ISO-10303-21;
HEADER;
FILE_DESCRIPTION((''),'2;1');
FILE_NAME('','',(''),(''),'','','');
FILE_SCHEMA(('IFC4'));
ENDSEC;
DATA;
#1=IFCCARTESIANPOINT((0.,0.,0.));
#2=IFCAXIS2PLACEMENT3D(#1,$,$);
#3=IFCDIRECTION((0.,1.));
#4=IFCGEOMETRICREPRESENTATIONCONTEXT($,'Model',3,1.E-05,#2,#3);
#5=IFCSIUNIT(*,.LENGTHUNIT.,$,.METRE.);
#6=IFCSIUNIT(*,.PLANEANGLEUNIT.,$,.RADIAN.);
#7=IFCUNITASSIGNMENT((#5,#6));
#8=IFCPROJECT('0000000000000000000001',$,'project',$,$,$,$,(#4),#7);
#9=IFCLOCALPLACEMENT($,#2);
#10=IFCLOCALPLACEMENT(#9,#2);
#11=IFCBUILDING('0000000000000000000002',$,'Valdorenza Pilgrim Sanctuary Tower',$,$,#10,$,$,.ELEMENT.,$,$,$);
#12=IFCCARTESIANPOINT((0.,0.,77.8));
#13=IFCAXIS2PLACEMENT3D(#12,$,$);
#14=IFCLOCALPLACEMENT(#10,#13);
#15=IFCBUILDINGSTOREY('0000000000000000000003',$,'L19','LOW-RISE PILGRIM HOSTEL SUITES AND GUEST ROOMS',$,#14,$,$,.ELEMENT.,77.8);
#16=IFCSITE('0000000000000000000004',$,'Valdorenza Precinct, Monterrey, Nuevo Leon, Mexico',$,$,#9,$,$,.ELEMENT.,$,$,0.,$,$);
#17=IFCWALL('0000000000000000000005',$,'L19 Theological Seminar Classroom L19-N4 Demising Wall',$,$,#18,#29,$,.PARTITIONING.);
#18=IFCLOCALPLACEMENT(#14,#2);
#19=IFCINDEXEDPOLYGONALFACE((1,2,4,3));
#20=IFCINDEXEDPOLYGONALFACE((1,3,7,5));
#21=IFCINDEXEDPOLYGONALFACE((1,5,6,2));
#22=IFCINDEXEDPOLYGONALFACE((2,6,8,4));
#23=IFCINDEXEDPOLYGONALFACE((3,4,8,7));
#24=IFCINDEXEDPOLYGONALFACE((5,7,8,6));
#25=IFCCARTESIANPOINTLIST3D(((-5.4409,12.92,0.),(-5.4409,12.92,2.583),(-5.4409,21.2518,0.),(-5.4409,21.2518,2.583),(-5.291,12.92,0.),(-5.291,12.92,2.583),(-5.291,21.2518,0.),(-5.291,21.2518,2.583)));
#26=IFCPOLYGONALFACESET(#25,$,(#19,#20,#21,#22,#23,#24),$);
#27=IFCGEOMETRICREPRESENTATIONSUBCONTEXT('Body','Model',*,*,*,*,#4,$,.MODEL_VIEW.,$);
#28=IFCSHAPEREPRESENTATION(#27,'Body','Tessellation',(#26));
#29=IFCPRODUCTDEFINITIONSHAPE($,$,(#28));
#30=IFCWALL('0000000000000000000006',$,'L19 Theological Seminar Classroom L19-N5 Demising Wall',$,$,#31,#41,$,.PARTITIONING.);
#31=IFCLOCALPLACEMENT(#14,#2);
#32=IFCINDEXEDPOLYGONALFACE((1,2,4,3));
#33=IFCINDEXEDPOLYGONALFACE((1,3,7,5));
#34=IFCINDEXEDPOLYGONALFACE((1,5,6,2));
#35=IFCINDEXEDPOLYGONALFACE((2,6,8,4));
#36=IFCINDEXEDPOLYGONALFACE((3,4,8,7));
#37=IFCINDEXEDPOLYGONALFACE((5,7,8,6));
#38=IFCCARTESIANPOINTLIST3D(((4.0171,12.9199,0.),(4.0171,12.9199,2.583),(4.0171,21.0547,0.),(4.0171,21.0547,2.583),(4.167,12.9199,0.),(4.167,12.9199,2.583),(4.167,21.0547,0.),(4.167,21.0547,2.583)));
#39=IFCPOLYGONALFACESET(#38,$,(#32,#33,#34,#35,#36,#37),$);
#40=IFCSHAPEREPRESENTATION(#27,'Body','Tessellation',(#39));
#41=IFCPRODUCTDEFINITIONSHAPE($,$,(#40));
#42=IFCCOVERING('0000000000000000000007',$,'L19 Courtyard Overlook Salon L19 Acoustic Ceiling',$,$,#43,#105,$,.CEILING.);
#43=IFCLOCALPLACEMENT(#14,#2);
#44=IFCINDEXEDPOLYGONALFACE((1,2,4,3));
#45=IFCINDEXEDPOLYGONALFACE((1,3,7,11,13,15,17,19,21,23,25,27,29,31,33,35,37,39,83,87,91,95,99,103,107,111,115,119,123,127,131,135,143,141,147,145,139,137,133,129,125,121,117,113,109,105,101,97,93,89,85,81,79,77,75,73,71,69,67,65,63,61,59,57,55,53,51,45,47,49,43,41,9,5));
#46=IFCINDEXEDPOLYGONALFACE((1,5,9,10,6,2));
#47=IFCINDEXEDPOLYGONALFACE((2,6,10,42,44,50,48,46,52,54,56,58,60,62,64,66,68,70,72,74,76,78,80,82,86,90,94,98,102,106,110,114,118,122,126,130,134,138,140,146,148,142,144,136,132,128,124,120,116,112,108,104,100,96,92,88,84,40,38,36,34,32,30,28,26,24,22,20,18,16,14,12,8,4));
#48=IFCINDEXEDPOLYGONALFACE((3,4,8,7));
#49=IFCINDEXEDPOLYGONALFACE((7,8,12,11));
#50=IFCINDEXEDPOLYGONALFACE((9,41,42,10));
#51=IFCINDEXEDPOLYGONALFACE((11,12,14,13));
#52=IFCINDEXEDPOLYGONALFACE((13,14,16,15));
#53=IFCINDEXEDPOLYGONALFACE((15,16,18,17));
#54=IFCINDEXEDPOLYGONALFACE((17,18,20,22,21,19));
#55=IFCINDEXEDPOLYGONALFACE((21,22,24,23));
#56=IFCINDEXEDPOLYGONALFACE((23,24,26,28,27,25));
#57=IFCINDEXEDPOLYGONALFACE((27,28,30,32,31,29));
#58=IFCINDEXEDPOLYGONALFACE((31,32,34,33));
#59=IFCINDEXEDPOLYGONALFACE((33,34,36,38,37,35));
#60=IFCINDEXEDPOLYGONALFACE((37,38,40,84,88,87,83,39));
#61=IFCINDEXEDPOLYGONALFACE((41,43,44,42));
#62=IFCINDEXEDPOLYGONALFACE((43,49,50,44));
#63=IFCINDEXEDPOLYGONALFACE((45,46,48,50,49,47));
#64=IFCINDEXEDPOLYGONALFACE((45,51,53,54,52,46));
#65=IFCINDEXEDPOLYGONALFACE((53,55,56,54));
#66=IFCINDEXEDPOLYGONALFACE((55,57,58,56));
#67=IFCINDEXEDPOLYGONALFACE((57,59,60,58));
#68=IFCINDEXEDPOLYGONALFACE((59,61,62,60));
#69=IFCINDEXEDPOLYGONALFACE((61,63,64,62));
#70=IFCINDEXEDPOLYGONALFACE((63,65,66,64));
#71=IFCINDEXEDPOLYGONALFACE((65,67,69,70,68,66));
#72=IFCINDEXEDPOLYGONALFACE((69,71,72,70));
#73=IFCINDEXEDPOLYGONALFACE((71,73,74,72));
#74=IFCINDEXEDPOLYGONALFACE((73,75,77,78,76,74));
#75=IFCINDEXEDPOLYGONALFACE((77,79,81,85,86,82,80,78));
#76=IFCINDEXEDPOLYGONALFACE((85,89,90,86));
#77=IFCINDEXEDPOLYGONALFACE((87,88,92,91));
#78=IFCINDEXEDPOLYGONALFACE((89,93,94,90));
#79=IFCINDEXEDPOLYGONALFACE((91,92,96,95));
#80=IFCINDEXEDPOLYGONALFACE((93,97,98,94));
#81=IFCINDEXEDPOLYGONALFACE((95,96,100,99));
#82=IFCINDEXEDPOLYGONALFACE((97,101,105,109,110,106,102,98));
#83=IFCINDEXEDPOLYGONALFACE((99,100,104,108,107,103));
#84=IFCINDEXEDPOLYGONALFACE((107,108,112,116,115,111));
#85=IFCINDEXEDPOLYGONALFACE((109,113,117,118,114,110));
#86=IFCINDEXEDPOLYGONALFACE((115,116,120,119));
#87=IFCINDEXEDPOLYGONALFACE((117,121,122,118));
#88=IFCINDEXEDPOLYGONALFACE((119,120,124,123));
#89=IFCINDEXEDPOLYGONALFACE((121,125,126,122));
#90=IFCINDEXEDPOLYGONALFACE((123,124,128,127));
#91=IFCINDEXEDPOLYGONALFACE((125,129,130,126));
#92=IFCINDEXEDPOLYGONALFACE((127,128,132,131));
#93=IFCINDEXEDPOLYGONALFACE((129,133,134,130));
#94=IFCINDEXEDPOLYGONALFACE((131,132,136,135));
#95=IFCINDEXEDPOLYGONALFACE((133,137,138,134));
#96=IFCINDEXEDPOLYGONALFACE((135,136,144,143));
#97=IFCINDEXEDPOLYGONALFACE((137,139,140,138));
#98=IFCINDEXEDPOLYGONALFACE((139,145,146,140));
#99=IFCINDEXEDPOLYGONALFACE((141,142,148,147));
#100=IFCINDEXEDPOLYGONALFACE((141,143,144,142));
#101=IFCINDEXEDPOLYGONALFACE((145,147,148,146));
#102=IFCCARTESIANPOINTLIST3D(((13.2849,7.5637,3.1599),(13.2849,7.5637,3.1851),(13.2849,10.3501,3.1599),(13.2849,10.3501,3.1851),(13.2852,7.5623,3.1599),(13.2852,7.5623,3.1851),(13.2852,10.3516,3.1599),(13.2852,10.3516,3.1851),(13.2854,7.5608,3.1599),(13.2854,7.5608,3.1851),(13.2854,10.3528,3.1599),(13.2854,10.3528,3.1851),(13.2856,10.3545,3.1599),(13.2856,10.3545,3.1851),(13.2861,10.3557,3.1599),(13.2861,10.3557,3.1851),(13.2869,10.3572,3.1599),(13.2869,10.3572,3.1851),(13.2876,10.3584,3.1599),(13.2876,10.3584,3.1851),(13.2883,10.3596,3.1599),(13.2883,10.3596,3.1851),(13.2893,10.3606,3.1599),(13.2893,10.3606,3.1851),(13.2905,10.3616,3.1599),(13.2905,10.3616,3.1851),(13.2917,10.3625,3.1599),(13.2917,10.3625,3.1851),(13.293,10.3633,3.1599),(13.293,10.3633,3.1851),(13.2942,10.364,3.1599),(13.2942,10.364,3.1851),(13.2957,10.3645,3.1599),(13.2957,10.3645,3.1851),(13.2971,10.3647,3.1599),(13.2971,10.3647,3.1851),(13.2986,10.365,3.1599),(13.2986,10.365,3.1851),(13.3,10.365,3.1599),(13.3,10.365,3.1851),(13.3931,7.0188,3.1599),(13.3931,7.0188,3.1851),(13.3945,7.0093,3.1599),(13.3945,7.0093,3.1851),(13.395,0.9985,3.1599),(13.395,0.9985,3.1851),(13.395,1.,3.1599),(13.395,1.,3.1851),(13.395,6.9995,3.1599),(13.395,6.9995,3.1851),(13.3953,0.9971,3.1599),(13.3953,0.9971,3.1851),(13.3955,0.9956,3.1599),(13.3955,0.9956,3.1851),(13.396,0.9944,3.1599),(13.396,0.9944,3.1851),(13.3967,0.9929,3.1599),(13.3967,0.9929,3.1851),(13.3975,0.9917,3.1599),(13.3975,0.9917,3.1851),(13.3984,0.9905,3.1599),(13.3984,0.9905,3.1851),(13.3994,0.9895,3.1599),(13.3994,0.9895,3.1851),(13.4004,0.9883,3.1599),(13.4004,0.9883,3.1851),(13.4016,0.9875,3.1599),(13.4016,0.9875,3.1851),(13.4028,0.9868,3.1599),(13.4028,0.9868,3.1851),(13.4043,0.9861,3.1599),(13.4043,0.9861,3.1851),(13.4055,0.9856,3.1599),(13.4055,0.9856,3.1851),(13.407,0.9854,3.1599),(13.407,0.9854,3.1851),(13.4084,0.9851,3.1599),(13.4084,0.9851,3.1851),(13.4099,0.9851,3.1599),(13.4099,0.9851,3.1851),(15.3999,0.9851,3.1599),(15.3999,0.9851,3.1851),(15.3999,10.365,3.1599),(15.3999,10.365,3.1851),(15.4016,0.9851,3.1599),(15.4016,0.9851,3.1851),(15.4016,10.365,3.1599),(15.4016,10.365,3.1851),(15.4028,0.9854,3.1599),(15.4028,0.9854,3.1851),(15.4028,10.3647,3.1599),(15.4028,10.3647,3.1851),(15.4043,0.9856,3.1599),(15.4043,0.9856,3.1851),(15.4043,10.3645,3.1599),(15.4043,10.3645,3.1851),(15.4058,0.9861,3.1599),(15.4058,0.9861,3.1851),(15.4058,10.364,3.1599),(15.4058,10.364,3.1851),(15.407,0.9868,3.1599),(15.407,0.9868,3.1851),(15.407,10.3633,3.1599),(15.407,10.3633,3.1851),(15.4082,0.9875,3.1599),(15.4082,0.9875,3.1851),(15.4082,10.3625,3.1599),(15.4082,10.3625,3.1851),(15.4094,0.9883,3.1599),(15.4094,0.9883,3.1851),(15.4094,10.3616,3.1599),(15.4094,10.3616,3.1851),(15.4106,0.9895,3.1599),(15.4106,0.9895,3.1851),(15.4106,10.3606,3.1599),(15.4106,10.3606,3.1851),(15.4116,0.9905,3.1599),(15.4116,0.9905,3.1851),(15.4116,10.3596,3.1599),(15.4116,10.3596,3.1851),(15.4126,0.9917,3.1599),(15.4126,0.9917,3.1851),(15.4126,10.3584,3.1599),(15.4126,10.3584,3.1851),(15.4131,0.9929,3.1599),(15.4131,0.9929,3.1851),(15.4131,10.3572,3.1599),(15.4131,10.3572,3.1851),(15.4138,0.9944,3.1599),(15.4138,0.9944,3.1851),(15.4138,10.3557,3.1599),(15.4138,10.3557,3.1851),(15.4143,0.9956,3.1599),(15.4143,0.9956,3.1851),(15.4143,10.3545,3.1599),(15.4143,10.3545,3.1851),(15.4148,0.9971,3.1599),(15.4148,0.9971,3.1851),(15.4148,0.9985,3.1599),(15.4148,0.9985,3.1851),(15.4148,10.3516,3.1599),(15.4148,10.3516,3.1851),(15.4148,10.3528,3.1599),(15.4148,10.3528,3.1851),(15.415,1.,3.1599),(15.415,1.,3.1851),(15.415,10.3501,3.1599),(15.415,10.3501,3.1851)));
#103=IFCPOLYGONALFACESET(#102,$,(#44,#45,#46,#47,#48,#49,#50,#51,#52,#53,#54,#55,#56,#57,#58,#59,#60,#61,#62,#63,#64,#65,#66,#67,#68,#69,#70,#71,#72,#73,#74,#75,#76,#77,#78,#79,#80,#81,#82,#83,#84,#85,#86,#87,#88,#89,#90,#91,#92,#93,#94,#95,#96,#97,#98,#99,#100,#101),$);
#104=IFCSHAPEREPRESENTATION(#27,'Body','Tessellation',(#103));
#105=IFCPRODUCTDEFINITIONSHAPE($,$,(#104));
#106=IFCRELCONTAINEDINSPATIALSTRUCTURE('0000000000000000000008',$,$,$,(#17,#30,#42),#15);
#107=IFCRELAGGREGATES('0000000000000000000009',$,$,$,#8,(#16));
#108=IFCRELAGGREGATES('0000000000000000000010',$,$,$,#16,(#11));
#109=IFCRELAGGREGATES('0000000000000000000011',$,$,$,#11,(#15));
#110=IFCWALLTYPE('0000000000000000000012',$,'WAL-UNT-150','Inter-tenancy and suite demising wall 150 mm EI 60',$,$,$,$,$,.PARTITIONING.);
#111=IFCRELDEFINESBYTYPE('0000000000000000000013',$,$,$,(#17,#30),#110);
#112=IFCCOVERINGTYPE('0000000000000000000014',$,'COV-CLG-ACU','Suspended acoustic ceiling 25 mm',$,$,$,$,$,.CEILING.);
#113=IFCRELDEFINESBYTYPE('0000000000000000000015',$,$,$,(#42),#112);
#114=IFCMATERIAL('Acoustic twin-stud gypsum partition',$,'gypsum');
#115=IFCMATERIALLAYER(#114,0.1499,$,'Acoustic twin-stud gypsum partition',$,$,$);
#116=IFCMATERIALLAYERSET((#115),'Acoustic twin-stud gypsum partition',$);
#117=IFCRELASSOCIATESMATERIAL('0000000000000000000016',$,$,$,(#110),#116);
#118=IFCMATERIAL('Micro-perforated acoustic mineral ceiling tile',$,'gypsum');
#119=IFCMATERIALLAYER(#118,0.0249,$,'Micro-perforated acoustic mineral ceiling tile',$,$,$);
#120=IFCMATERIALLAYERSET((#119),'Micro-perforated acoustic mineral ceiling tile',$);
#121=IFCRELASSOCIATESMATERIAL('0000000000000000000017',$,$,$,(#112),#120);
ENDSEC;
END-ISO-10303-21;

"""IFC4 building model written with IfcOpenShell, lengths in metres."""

from ifc_helpers import new_model, si_unit, direction, frame, frame_2d, origin, place, context, subcontext, project, spatial, polyline, rectangle, outline, extrude, material, layer, layer_set, type_object, element, save


model = new_model("IFC4")

# Units and contexts
model_context = context("Model", 3, precision=1e-05, world=origin(), true_north=direction((0.0, 1.0)))
body_context = subcontext(model_context, "Body", "Model", "MODEL_VIEW")
ifc_project = project(units=[si_unit("LENGTHUNIT", "METRE"), si_unit("PLANEANGLEUNIT", "RADIAN")], contexts=[model_context])

# Site, building, storey
site_placement = place(None, origin())
site = spatial("IfcSite", under=ifc_project, at=site_placement, Name="Valdorenza Precinct, Monterrey, Nuevo Leon, Mexico", CompositionType="ELEMENT", RefElevation=0.0)
building_placement = place(site_placement, origin())
building = spatial("IfcBuilding", under=site, at=building_placement, Name="Valdorenza Pilgrim Sanctuary Tower", CompositionType="ELEMENT")
storey_placement = place(building_placement, frame((0.0, 0.0, 77.8)))
storey = spatial("IfcBuildingStorey", under=building, at=storey_placement, Name="L19", Description="LOW-RISE PILGRIM HOSTEL SUITES AND GUEST ROOMS", CompositionType="ELEMENT", Elevation=77.8)

# Walls
ifc_material_1 = material(Name="Acoustic twin-stud gypsum partition", Category="gypsum")
ifc_layer_1 = layer(ifc_material_1, 0.1499, Name="Acoustic twin-stud gypsum partition")
ifc_layer_set_1 = layer_set([ifc_layer_1], Name="Acoustic twin-stud gypsum partition")
wall_type_1 = type_object("IfcWallType", Name="WAL-UNT-150", Description="Inter-tenancy and suite demising wall 150 mm EI 60", PredefinedType="PARTITIONING", material=ifc_layer_set_1)
wall_1_placement = place(storey_placement, frame((-5.366, 12.9199, 0.0), z_axis=(0.0, 0.0, 1.0), x_axis=(0.0, 1.0, 0.0)))
element("IfcWall", 1, at=wall_1_placement, inside=storey, type_object=wall_type_1, Name="L19 Theological Seminar Classroom L19-N4 Demising Wall", PredefinedType="PARTITIONING", context=body_context, shape_type="SweptSolid", body=[
    extrude(rectangle(XDim=8.3318, YDim=0.1499, at=frame_2d((4.166, 0.0))), origin(), (0.0, 0.0, 1.0), 2.583),
])
wall_2_placement = place(storey_placement, frame((4.092, 12.9199, 0.0), z_axis=(0.0, 0.0, 1.0), x_axis=(0.0, 1.0, 0.0)))
element("IfcWall", 2, at=wall_2_placement, inside=storey, type_object=wall_type_1, Name="L19 Theological Seminar Classroom L19-N5 Demising Wall", PredefinedType="PARTITIONING", context=body_context, shape_type="SweptSolid", body=[
    extrude(rectangle(XDim=8.1348, YDim=0.1499, at=frame_2d((4.0674, 0.0))), origin(), (0.0, 0.0, 1.0), 2.583),
])

# Covering
ifc_material_2 = material(Name="Micro-perforated acoustic mineral ceiling tile", Category="gypsum")
ifc_layer_2 = layer(ifc_material_2, 0.0249, Name="Micro-perforated acoustic mineral ceiling tile")
ifc_layer_set_2 = layer_set([ifc_layer_2], Name="Micro-perforated acoustic mineral ceiling tile")
covering_type = type_object("IfcCoveringType", Name="COV-CLG-ACU", Description="Suspended acoustic ceiling 25 mm", PredefinedType="CEILING", material=ifc_layer_set_2)
covering_placement = place(storey_placement, frame((0.0, 0.0, 3.1599)))
element("IfcCovering", 3, at=covering_placement, inside=storey, type_object=covering_type, Name="L19 Courtyard Overlook Salon L19 Acoustic Ceiling", PredefinedType="CEILING", context=body_context, shape_type="SweptSolid", body=[
    extrude(outline(polyline([(15.3999, 10.365), (15.4016, 10.365), (15.4028, 10.3647), (15.4043, 10.3645), (15.4058, 10.364), (15.407, 10.3633), (15.4082, 10.3625), (15.4094, 10.3616), (15.4106, 10.3606), (15.4116, 10.3596), (15.4126, 10.3584), (15.4131, 10.3572), (15.4138, 10.3557), (15.4143, 10.3545), (15.4148, 10.3528), (15.4148, 10.3516), (15.415, 10.3501), (15.415, 1.0), (15.4148, 0.9985), (15.4148, 0.9971), (15.4143, 0.9956), (15.4138, 0.9944), (15.4131, 0.9929), (15.4126, 0.9917), (15.4116, 0.9905), (15.4106, 0.9895), (15.4094, 0.9883), (15.4082, 0.9875), (15.407, 0.9868), (15.4058, 0.9861), (15.4043, 0.9856), (15.4028, 0.9854), (15.4016, 0.9851), (15.3999, 0.9851), (13.4099, 0.9851), (13.4084, 0.9851), (13.407, 0.9854), (13.4055, 0.9856), (13.4043, 0.9861), (13.4028, 0.9868), (13.4016, 0.9875), (13.4004, 0.9883), (13.3994, 0.9895), (13.3984, 0.9905), (13.3975, 0.9917), (13.3967, 0.9929), (13.396, 0.9944), (13.3955, 0.9956), (13.3953, 0.9971), (13.395, 0.9985), (13.395, 1.0), (13.395, 6.9995), (13.3945, 7.0093), (13.3931, 7.0188), (13.2854, 7.5608), (13.2852, 7.5623), (13.2849, 7.5637), (13.2849, 10.3501), (13.2852, 10.3516), (13.2854, 10.3528), (13.2856, 10.3545), (13.2861, 10.3557), (13.2869, 10.3572), (13.2876, 10.3584), (13.2883, 10.3596), (13.2893, 10.3606), (13.2905, 10.3616), (13.2917, 10.3625), (13.293, 10.3633), (13.2942, 10.364), (13.2957, 10.3645), (13.2971, 10.3647), (13.2986, 10.365), (13.3, 10.365), (15.3999, 10.365)])), origin(), (0.0, 0.0, 1.0), 0.0251),
])

save(model, "model.ifc")
